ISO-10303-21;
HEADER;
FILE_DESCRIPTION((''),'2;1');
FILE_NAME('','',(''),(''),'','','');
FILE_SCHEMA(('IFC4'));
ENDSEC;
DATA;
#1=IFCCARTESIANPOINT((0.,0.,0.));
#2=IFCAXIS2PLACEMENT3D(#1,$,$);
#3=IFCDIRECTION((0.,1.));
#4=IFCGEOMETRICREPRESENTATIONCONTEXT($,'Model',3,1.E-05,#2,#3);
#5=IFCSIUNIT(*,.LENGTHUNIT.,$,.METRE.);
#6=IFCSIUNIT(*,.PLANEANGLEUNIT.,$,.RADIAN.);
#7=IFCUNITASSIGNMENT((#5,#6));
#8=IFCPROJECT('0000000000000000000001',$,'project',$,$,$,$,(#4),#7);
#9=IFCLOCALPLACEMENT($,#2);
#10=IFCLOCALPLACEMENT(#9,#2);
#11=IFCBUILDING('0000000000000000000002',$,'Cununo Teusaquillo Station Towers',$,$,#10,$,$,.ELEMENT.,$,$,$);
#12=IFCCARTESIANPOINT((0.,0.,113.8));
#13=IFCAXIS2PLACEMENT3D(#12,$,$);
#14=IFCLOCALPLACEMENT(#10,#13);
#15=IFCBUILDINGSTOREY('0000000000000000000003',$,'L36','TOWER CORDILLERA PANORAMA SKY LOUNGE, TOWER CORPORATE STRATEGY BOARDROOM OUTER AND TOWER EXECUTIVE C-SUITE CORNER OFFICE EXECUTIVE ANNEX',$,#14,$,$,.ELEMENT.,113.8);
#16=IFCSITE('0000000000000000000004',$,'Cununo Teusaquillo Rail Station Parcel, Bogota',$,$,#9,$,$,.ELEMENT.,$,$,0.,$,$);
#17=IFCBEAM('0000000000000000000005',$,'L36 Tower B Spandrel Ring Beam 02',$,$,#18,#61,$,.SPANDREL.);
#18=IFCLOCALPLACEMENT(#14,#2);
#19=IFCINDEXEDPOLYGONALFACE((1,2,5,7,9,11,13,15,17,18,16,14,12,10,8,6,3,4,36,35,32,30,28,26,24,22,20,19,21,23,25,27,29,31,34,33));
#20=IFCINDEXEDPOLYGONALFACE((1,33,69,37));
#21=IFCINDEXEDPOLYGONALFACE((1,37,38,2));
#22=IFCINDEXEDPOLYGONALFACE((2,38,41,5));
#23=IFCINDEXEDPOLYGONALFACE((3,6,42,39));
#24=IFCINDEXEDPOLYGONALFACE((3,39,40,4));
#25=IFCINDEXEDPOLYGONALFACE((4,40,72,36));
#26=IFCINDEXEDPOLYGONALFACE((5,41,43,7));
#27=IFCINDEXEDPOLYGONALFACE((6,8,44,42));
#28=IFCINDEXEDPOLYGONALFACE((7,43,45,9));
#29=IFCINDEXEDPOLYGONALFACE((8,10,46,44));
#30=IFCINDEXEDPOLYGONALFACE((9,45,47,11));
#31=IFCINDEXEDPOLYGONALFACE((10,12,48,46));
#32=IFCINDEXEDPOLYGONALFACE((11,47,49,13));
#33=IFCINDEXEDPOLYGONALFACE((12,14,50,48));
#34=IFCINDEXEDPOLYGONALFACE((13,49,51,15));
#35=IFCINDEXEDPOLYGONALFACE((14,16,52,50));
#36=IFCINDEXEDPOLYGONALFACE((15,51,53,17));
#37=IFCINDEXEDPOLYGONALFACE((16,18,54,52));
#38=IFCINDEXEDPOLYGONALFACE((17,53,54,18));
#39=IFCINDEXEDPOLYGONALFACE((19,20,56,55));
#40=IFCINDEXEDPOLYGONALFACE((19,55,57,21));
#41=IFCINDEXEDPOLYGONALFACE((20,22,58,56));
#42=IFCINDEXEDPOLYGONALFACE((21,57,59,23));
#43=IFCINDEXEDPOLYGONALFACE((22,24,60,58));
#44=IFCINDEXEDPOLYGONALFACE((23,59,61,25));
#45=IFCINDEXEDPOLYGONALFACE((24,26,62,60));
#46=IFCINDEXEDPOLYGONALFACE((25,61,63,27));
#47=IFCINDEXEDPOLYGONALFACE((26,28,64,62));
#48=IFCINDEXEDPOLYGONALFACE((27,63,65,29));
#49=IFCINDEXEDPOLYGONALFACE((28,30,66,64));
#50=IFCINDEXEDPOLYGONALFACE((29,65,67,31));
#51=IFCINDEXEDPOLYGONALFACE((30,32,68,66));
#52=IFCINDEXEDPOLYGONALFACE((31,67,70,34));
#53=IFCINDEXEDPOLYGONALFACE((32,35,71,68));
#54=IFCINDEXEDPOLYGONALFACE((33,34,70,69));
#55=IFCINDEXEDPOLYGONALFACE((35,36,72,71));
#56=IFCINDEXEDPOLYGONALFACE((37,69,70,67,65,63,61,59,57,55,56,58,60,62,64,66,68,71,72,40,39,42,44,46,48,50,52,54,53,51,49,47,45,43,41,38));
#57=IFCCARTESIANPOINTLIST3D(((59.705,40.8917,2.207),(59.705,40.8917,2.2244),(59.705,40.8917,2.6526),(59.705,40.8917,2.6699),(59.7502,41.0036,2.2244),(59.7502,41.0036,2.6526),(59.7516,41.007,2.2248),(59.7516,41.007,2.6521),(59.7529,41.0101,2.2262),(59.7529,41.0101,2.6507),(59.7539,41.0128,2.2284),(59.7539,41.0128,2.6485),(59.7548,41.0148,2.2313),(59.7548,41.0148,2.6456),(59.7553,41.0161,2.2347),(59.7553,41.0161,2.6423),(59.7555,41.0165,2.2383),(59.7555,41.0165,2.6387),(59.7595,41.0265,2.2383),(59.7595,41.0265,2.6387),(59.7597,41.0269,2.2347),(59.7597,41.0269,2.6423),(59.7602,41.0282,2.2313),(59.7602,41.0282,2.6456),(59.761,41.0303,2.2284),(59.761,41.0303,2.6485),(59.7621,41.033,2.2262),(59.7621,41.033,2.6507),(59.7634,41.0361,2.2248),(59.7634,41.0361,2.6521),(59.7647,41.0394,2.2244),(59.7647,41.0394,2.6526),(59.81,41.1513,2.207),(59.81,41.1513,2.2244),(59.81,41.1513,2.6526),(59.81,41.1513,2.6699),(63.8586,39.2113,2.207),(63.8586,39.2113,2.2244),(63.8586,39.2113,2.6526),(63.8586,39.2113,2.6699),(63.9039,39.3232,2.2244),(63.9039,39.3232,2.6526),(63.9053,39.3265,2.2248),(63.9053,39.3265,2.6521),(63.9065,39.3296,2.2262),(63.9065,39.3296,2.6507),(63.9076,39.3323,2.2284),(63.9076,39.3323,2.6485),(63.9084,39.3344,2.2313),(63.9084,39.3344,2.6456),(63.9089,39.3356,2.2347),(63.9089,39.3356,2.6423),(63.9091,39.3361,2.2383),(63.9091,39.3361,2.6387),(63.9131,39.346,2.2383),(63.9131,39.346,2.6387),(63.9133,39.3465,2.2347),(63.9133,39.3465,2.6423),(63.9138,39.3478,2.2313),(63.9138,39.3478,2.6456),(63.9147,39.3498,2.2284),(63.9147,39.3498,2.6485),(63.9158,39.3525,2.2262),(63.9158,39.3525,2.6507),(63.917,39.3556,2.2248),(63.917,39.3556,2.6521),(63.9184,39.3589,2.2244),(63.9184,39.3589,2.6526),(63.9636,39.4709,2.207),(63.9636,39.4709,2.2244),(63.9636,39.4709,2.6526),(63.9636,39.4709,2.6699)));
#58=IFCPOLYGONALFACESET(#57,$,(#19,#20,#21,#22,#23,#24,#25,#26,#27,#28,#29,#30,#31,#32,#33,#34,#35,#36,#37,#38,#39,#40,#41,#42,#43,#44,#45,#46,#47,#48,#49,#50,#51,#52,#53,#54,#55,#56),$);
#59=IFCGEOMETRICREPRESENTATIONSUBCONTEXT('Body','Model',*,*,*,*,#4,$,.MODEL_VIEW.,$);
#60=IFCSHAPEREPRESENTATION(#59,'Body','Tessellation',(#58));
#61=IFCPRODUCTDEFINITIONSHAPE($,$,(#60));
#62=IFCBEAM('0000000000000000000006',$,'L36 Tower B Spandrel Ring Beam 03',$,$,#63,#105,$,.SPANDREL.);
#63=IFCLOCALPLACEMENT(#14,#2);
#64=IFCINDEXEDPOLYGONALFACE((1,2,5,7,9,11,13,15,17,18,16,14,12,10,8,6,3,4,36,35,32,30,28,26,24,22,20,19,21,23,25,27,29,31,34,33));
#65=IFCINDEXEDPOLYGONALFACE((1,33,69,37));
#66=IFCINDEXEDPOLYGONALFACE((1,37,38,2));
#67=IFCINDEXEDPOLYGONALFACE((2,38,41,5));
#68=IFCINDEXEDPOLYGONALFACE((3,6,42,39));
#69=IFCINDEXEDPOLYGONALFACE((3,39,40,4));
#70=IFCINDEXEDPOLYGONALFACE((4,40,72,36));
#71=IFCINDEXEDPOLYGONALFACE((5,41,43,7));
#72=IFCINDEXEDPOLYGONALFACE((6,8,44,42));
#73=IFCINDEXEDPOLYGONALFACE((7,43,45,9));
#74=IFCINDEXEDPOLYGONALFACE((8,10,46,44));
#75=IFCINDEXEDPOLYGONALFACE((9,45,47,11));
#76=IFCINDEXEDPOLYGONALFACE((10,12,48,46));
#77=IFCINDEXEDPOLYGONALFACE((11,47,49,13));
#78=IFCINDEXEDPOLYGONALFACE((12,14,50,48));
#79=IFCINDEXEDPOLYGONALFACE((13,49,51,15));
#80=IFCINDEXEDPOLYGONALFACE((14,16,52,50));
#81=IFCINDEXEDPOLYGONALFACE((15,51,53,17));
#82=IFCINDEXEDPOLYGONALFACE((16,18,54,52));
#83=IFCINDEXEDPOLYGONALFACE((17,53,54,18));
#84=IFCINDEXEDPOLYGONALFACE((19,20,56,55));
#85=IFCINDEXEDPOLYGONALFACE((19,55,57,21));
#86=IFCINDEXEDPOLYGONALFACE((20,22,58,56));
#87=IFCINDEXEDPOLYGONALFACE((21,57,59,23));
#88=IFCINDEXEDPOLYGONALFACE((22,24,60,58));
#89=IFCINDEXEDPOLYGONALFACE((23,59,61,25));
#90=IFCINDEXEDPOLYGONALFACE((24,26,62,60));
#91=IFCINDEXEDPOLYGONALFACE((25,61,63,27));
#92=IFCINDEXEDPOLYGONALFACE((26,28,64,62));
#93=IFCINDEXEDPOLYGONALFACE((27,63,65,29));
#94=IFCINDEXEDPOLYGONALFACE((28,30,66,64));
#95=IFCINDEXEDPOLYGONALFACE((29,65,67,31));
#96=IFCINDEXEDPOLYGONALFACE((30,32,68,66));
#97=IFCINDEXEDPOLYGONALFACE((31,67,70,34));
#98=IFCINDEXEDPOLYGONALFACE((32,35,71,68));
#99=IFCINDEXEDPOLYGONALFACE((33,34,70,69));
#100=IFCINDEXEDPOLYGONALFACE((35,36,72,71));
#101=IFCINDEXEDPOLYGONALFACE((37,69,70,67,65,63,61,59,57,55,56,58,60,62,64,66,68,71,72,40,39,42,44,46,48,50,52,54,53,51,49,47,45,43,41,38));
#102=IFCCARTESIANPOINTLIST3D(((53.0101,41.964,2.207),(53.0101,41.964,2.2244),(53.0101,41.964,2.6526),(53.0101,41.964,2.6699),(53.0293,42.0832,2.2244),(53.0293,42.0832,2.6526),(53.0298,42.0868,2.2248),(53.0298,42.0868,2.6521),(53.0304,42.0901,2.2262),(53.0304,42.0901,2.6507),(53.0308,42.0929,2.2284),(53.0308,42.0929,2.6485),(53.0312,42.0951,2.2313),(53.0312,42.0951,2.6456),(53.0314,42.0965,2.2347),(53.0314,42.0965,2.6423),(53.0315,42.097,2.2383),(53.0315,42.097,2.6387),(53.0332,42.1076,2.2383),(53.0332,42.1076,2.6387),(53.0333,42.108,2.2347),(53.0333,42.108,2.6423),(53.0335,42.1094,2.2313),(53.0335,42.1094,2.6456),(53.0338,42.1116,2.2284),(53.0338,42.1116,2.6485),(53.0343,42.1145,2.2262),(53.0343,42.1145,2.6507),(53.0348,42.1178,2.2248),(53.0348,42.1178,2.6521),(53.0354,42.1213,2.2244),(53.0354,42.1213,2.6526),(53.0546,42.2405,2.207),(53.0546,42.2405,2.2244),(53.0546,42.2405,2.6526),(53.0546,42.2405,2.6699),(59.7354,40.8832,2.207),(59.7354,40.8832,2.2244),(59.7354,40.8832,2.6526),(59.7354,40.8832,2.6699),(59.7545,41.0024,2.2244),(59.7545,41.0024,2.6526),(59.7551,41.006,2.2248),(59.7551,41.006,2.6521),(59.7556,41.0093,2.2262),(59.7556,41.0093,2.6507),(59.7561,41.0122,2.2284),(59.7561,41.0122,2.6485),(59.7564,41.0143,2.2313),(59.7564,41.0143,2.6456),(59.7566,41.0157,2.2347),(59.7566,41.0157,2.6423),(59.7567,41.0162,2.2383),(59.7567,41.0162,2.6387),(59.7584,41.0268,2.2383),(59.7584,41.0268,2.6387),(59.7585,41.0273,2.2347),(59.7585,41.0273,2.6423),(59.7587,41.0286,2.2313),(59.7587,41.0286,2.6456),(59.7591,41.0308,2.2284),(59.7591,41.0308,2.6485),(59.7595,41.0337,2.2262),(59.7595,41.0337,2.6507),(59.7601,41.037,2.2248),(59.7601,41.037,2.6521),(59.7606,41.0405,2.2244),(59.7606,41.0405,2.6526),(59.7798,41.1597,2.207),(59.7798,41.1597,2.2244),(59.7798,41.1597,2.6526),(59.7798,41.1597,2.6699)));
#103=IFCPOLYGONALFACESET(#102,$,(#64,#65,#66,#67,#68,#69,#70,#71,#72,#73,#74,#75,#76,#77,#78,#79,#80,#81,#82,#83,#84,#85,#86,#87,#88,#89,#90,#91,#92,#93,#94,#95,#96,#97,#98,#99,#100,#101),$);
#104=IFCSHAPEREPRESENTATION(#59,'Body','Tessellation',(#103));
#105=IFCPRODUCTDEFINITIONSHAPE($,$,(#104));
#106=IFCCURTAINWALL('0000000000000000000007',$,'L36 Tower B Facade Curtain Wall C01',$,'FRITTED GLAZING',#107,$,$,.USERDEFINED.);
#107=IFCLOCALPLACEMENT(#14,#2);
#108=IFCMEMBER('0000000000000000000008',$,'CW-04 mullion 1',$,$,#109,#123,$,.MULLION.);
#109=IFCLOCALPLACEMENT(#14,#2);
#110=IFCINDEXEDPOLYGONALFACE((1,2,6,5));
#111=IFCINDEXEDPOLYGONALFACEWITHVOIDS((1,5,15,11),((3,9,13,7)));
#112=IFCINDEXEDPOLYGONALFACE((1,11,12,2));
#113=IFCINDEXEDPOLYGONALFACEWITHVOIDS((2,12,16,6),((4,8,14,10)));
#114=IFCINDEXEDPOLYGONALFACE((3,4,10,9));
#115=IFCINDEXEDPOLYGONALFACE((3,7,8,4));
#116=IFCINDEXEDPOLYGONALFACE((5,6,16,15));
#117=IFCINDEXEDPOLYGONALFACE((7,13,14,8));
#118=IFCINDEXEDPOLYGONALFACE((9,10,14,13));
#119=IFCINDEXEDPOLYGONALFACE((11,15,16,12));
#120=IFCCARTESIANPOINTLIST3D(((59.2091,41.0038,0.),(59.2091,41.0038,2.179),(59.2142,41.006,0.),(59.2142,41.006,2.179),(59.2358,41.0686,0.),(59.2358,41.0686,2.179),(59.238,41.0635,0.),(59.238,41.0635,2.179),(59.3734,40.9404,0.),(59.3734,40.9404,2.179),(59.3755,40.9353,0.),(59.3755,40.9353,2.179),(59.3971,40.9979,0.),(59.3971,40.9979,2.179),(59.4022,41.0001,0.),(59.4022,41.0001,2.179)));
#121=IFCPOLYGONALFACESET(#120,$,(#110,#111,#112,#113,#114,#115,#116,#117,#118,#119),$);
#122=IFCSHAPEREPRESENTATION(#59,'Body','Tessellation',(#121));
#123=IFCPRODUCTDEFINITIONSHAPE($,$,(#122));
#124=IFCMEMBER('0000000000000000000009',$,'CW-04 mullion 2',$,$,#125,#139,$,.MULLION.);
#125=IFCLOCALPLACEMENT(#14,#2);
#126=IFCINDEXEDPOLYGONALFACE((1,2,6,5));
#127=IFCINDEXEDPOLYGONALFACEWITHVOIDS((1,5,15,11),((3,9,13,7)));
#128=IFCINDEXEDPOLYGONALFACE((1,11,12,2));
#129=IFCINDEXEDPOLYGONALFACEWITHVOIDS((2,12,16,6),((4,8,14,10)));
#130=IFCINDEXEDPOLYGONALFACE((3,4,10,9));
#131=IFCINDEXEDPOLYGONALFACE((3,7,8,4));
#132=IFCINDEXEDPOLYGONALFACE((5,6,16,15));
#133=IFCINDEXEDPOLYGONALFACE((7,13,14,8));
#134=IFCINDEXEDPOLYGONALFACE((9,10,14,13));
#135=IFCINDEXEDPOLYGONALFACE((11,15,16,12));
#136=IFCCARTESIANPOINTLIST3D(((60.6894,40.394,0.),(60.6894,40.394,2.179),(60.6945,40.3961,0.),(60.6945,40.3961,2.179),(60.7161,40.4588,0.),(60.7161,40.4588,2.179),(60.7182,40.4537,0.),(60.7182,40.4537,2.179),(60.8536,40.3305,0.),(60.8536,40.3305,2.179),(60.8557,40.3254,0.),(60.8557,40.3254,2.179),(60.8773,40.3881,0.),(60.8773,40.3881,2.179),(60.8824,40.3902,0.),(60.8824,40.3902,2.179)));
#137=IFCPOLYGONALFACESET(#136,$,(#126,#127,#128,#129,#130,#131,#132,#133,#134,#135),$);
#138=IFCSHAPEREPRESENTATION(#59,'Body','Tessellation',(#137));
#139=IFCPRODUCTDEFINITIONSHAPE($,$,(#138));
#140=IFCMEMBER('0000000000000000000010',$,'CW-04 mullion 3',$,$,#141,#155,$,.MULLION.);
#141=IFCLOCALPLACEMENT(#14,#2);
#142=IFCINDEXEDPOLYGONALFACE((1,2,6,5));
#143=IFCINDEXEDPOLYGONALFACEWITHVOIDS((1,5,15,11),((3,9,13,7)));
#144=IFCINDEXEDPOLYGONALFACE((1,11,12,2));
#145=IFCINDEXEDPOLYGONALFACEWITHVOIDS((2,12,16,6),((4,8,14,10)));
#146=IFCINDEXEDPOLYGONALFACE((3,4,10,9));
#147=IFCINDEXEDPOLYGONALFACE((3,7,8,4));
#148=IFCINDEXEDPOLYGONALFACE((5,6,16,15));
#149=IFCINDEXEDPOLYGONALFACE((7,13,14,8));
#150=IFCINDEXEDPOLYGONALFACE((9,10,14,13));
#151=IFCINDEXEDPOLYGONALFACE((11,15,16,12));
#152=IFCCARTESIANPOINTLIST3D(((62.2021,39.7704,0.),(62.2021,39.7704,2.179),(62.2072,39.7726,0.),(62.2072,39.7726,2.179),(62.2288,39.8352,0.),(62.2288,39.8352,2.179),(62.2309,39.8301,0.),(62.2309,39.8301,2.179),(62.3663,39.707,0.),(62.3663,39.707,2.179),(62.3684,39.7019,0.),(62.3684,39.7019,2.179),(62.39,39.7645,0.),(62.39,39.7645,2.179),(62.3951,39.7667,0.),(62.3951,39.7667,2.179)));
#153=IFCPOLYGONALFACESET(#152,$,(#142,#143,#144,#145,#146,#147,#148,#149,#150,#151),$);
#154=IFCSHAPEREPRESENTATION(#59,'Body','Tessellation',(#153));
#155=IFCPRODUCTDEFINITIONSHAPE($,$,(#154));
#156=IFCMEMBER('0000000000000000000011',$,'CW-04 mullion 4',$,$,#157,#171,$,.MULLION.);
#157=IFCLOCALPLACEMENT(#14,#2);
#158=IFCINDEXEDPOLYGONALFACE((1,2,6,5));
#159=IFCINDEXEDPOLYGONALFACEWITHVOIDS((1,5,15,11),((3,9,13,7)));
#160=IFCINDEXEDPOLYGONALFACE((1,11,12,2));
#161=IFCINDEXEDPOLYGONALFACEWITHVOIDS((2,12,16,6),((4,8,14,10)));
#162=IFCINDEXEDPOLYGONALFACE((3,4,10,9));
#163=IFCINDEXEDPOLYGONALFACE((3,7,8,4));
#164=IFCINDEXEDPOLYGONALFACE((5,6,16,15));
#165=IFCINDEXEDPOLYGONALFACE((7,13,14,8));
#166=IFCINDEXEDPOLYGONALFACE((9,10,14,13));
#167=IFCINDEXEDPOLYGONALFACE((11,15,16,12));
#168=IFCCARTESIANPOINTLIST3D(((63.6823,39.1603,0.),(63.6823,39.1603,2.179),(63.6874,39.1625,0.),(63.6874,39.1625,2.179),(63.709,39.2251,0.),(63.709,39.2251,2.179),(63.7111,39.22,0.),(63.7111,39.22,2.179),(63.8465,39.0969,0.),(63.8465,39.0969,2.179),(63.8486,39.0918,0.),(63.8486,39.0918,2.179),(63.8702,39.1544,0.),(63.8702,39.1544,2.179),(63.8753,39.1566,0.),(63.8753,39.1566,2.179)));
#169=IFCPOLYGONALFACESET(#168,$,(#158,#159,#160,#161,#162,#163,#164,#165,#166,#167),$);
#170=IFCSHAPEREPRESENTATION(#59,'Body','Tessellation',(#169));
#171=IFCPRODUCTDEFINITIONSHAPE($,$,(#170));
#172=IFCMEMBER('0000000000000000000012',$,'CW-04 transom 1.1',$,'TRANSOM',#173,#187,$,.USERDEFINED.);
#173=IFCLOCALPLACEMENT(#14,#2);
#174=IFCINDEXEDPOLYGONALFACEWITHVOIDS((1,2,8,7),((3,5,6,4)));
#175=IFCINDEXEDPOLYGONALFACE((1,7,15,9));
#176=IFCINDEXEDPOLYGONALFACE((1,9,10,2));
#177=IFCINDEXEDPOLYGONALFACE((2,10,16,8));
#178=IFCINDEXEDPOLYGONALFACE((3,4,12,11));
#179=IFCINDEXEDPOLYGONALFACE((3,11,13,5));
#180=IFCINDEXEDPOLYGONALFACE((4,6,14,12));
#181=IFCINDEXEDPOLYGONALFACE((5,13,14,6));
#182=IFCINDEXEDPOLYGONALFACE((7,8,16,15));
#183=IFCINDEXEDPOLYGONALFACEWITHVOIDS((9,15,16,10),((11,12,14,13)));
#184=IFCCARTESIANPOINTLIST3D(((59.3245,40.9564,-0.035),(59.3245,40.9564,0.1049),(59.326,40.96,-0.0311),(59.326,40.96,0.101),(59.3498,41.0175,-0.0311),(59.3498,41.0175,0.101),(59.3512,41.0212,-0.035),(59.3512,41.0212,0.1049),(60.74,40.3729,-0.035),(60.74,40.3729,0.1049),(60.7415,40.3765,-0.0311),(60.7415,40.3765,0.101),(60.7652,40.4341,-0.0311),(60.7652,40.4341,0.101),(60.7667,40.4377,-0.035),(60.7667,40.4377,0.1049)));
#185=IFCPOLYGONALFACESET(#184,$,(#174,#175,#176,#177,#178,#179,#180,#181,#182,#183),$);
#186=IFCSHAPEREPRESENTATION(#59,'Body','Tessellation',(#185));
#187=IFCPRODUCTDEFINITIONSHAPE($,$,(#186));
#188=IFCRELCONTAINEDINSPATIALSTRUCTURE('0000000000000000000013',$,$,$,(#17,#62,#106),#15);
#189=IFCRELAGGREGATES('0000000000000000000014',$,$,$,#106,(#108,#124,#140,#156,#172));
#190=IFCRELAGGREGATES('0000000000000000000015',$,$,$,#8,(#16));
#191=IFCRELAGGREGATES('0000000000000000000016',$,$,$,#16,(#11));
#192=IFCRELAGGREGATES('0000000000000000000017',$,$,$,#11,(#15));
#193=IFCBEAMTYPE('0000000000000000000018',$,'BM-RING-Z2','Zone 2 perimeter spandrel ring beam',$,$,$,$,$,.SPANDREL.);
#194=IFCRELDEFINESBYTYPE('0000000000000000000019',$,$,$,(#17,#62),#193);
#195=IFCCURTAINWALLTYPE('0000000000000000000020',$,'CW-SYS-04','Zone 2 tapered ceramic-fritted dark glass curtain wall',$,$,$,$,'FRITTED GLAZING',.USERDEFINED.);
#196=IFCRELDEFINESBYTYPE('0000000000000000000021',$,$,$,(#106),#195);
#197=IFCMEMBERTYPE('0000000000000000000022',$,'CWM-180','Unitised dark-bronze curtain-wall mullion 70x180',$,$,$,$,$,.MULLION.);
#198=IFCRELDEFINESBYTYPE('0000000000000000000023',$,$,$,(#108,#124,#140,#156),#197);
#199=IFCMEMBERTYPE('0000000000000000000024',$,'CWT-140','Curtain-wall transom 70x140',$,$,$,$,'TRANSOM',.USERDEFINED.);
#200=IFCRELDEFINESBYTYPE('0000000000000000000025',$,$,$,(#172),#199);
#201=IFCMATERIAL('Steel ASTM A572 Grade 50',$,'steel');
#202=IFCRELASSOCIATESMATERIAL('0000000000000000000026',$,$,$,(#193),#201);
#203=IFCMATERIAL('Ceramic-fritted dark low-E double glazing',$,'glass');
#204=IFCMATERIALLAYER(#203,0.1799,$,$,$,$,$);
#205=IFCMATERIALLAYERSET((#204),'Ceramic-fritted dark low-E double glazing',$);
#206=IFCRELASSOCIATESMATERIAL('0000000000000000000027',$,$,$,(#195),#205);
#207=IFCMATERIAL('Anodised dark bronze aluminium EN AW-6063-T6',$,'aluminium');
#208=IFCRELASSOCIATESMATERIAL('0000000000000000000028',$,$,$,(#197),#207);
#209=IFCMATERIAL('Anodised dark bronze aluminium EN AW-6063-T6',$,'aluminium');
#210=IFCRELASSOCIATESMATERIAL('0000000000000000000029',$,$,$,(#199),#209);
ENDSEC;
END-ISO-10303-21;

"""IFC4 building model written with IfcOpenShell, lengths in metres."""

from ifc_helpers import new_model, si_unit, direction, frame, origin, origin_2d, place, context, subcontext, project, spatial, hollow_rectangle, i_section, extrude, material, layer, layer_set, material_profile, profile_set, type_object, element, aggregate, save


model = new_model("IFC4")

# Units and contexts
model_context = context("Model", 3, precision=1e-05, world=origin(), true_north=direction((0.0, 1.0)))
body_context = subcontext(model_context, "Body", "Model", "MODEL_VIEW")
ifc_project = project(units=[si_unit("LENGTHUNIT", "METRE"), si_unit("PLANEANGLEUNIT", "RADIAN")], contexts=[model_context])

# Site, building, storey
site_placement = place(None, origin())
site = spatial("IfcSite", under=ifc_project, at=site_placement, Name="Cununo Teusaquillo Rail Station Parcel, Bogota", CompositionType="ELEMENT", RefElevation=0.0)
building_placement = place(site_placement, origin())
building = spatial("IfcBuilding", under=site, at=building_placement, Name="Cununo Teusaquillo Station Towers", CompositionType="ELEMENT")
storey_placement = place(building_placement, frame((0.0, 0.0, 113.8)))
storey = spatial("IfcBuildingStorey", under=building, at=storey_placement, Name="L36", Description="TOWER CORDILLERA PANORAMA SKY LOUNGE, TOWER CORPORATE STRATEGY BOARDROOM OUTER AND TOWER EXECUTIVE C-SUITE CORNER OFFICE EXECUTIVE ANNEX", CompositionType="ELEMENT", Elevation=113.8)

# Beams
ifc_material_1 = material(Name="Steel ASTM A572 Grade 50", Category="steel")
ifc_material_profile_1 = material_profile(ifc_material_1, i_section(OverallWidth=0.28, OverallDepth=0.4629, WebThickness=0.0107, FlangeThickness=0.0173, FilletRadius=0.0139, at=origin_2d()), Name="W18X76")
ifc_profile_set_1 = profile_set([ifc_material_profile_1], Name="Steel ASTM A572 Grade 50")
beam_type_1 = type_object("IfcBeamType", Name="BM-RING-Z2", Description="Zone 2 perimeter spandrel ring beam", PredefinedType="SPANDREL", material=ifc_profile_set_1)
beam_1_placement = place(storey_placement, frame((63.9111, 39.3411, 2.4385), z_axis=(-0.927008, 0.375042, 0.0), x_axis=(-0.375042, -0.927008, 0.0)))
element("IfcBeam", 1, at=beam_1_placement, inside=storey, type_object=beam_type_1, Name="L36 Tower B Spandrel Ring Beam 02", PredefinedType="SPANDREL", context=body_context, shape_type="SweptSolid", body=[
    extrude(i_section(OverallWidth=0.28, OverallDepth=0.4629, WebThickness=0.0107, FlangeThickness=0.0173, FilletRadius=0.0139, at=origin_2d()), origin(), (0.0, 0.0, 1.0), 4.4807),
])
beam_2_placement = place(storey_placement, frame((59.7576, 41.0215, 2.4385), z_axis=(-0.987331, 0.158671, 0.0), x_axis=(-0.158671, -0.987331, 0.0)))
element("IfcBeam", 2, at=beam_2_placement, inside=storey, type_object=beam_type_1, Name="L36 Tower B Spandrel Ring Beam 03", PredefinedType="SPANDREL", context=body_context, shape_type="SweptSolid", body=[
    extrude(i_section(OverallWidth=0.28, OverallDepth=0.4629, WebThickness=0.0107, FlangeThickness=0.0173, FilletRadius=0.0139, at=origin_2d()), origin(), (0.0, 0.0, 1.0), 6.8115),
])

# Curtain wall, members
ifc_material_2 = material(Name="Ceramic-fritted dark low-E double glazing", Category="glass")
ifc_layer_1 = layer(ifc_material_2, 0.1799)
ifc_layer_set_1 = layer_set([ifc_layer_1], Name="Ceramic-fritted dark low-E double glazing")
curtain_wall_type = type_object("IfcCurtainWallType", Name="CW-SYS-04", Description="Zone 2 tapered ceramic-fritted dark glass curtain wall", ElementType="FRITTED GLAZING", PredefinedType="USERDEFINED", material=ifc_layer_set_1)
curtain_wall_placement = place(storey_placement, origin())
curtain_wall = element("IfcCurtainWall", 3, at=curtain_wall_placement, inside=storey, type_object=curtain_wall_type, Name="L36 Tower B Facade Curtain Wall C01", ObjectType="FRITTED GLAZING", PredefinedType="USERDEFINED")
ifc_material_3 = material(Name="Anodised dark bronze aluminium EN AW-6063-T6", Category="aluminium")
ifc_material_profile_2 = material_profile(ifc_material_3, hollow_rectangle(XDim=0.0701, YDim=0.1799, WallThickness=0.0039, at=origin_2d()), Name="CW-MULL-70x180")
ifc_profile_set_2 = profile_set([ifc_material_profile_2], Name="Anodised dark bronze aluminium EN AW-6063-T6")
member_type_1 = type_object("IfcMemberType", Name="CWM-180", Description="Unitised dark-bronze curtain-wall mullion 70x180", PredefinedType="MULLION", material=ifc_profile_set_2)
member_1_placement = place(storey_placement, frame((59.3057, 41.002, 0.0), z_axis=(0.0, 0.0, 1.0), x_axis=(0.381031, 0.924562, 0.0)))
member_1 = element("IfcMember", 4, at=member_1_placement, type_object=member_type_1, Name="CW-04 mullion 1", PredefinedType="MULLION", context=body_context, shape_type="SweptSolid", body=[
    extrude(hollow_rectangle(XDim=0.0701, YDim=0.1799, WallThickness=0.0039, at=origin_2d()), origin(), (0.0, 0.0, 1.0), 2.179),
])
member_2_placement = place(storey_placement, frame((60.7859, 40.3921, 0.0), z_axis=(0.0, 0.0, 1.0), x_axis=(0.381031, 0.924562, 0.0)))
member_2 = element("IfcMember", 5, at=member_2_placement, type_object=member_type_1, Name="CW-04 mullion 2", PredefinedType="MULLION", context=body_context, shape_type="SweptSolid", body=[
    extrude(hollow_rectangle(XDim=0.0701, YDim=0.1799, WallThickness=0.0039, at=origin_2d()), origin(), (0.0, 0.0, 1.0), 2.179),
])
member_3_placement = place(storey_placement, frame((62.2986, 39.7686, 0.0), z_axis=(0.0, 0.0, 1.0), x_axis=(0.381031, 0.924562, 0.0)))
member_3 = element("IfcMember", 6, at=member_3_placement, type_object=member_type_1, Name="CW-04 mullion 3", PredefinedType="MULLION", context=body_context, shape_type="SweptSolid", body=[
    extrude(hollow_rectangle(XDim=0.0701, YDim=0.1799, WallThickness=0.0039, at=origin_2d()), origin(), (0.0, 0.0, 1.0), 2.179),
])
member_4_placement = place(storey_placement, frame((63.7788, 39.1584, 0.0), z_axis=(0.0, 0.0, 1.0), x_axis=(0.381031, 0.924562, 0.0)))
member_4 = element("IfcMember", 7, at=member_4_placement, type_object=member_type_1, Name="CW-04 mullion 4", PredefinedType="MULLION", context=body_context, shape_type="SweptSolid", body=[
    extrude(hollow_rectangle(XDim=0.0701, YDim=0.1799, WallThickness=0.0039, at=origin_2d()), origin(), (0.0, 0.0, 1.0), 2.179),
])
ifc_material_4 = material(Name="Anodised dark bronze aluminium EN AW-6063-T6", Category="aluminium")
ifc_material_profile_3 = material_profile(ifc_material_4, hollow_rectangle(XDim=0.0701, YDim=0.1399, WallThickness=0.0039, at=origin_2d()), Name="CW-TRAN-70x140")
ifc_profile_set_3 = profile_set([ifc_material_profile_3], Name="Anodised dark bronze aluminium EN AW-6063-T6")
member_type_2 = type_object("IfcMemberType", Name="CWT-140", Description="Curtain-wall transom 70x140", ElementType="TRANSOM", PredefinedType="USERDEFINED", material=ifc_profile_set_3)
member_5_placement = place(storey_placement, frame((59.3379, 40.9888, 0.0349), z_axis=(0.924533, -0.381103, 0.0), x_axis=(0.381103, 0.924533, 0.0)))
member_5 = element("IfcMember", 8, at=member_5_placement, type_object=member_type_2, Name="CW-04 transom 1.1", ObjectType="TRANSOM", PredefinedType="USERDEFINED", context=body_context, shape_type="SweptSolid", body=[
    extrude(hollow_rectangle(XDim=0.0701, YDim=0.1399, WallThickness=0.0039, at=origin_2d()), origin(), (0.0, 0.0, 1.0), 1.531),
])
aggregate(curtain_wall, [member_1, member_2, member_3, member_4, member_5])

save(model, "model.ifc")
